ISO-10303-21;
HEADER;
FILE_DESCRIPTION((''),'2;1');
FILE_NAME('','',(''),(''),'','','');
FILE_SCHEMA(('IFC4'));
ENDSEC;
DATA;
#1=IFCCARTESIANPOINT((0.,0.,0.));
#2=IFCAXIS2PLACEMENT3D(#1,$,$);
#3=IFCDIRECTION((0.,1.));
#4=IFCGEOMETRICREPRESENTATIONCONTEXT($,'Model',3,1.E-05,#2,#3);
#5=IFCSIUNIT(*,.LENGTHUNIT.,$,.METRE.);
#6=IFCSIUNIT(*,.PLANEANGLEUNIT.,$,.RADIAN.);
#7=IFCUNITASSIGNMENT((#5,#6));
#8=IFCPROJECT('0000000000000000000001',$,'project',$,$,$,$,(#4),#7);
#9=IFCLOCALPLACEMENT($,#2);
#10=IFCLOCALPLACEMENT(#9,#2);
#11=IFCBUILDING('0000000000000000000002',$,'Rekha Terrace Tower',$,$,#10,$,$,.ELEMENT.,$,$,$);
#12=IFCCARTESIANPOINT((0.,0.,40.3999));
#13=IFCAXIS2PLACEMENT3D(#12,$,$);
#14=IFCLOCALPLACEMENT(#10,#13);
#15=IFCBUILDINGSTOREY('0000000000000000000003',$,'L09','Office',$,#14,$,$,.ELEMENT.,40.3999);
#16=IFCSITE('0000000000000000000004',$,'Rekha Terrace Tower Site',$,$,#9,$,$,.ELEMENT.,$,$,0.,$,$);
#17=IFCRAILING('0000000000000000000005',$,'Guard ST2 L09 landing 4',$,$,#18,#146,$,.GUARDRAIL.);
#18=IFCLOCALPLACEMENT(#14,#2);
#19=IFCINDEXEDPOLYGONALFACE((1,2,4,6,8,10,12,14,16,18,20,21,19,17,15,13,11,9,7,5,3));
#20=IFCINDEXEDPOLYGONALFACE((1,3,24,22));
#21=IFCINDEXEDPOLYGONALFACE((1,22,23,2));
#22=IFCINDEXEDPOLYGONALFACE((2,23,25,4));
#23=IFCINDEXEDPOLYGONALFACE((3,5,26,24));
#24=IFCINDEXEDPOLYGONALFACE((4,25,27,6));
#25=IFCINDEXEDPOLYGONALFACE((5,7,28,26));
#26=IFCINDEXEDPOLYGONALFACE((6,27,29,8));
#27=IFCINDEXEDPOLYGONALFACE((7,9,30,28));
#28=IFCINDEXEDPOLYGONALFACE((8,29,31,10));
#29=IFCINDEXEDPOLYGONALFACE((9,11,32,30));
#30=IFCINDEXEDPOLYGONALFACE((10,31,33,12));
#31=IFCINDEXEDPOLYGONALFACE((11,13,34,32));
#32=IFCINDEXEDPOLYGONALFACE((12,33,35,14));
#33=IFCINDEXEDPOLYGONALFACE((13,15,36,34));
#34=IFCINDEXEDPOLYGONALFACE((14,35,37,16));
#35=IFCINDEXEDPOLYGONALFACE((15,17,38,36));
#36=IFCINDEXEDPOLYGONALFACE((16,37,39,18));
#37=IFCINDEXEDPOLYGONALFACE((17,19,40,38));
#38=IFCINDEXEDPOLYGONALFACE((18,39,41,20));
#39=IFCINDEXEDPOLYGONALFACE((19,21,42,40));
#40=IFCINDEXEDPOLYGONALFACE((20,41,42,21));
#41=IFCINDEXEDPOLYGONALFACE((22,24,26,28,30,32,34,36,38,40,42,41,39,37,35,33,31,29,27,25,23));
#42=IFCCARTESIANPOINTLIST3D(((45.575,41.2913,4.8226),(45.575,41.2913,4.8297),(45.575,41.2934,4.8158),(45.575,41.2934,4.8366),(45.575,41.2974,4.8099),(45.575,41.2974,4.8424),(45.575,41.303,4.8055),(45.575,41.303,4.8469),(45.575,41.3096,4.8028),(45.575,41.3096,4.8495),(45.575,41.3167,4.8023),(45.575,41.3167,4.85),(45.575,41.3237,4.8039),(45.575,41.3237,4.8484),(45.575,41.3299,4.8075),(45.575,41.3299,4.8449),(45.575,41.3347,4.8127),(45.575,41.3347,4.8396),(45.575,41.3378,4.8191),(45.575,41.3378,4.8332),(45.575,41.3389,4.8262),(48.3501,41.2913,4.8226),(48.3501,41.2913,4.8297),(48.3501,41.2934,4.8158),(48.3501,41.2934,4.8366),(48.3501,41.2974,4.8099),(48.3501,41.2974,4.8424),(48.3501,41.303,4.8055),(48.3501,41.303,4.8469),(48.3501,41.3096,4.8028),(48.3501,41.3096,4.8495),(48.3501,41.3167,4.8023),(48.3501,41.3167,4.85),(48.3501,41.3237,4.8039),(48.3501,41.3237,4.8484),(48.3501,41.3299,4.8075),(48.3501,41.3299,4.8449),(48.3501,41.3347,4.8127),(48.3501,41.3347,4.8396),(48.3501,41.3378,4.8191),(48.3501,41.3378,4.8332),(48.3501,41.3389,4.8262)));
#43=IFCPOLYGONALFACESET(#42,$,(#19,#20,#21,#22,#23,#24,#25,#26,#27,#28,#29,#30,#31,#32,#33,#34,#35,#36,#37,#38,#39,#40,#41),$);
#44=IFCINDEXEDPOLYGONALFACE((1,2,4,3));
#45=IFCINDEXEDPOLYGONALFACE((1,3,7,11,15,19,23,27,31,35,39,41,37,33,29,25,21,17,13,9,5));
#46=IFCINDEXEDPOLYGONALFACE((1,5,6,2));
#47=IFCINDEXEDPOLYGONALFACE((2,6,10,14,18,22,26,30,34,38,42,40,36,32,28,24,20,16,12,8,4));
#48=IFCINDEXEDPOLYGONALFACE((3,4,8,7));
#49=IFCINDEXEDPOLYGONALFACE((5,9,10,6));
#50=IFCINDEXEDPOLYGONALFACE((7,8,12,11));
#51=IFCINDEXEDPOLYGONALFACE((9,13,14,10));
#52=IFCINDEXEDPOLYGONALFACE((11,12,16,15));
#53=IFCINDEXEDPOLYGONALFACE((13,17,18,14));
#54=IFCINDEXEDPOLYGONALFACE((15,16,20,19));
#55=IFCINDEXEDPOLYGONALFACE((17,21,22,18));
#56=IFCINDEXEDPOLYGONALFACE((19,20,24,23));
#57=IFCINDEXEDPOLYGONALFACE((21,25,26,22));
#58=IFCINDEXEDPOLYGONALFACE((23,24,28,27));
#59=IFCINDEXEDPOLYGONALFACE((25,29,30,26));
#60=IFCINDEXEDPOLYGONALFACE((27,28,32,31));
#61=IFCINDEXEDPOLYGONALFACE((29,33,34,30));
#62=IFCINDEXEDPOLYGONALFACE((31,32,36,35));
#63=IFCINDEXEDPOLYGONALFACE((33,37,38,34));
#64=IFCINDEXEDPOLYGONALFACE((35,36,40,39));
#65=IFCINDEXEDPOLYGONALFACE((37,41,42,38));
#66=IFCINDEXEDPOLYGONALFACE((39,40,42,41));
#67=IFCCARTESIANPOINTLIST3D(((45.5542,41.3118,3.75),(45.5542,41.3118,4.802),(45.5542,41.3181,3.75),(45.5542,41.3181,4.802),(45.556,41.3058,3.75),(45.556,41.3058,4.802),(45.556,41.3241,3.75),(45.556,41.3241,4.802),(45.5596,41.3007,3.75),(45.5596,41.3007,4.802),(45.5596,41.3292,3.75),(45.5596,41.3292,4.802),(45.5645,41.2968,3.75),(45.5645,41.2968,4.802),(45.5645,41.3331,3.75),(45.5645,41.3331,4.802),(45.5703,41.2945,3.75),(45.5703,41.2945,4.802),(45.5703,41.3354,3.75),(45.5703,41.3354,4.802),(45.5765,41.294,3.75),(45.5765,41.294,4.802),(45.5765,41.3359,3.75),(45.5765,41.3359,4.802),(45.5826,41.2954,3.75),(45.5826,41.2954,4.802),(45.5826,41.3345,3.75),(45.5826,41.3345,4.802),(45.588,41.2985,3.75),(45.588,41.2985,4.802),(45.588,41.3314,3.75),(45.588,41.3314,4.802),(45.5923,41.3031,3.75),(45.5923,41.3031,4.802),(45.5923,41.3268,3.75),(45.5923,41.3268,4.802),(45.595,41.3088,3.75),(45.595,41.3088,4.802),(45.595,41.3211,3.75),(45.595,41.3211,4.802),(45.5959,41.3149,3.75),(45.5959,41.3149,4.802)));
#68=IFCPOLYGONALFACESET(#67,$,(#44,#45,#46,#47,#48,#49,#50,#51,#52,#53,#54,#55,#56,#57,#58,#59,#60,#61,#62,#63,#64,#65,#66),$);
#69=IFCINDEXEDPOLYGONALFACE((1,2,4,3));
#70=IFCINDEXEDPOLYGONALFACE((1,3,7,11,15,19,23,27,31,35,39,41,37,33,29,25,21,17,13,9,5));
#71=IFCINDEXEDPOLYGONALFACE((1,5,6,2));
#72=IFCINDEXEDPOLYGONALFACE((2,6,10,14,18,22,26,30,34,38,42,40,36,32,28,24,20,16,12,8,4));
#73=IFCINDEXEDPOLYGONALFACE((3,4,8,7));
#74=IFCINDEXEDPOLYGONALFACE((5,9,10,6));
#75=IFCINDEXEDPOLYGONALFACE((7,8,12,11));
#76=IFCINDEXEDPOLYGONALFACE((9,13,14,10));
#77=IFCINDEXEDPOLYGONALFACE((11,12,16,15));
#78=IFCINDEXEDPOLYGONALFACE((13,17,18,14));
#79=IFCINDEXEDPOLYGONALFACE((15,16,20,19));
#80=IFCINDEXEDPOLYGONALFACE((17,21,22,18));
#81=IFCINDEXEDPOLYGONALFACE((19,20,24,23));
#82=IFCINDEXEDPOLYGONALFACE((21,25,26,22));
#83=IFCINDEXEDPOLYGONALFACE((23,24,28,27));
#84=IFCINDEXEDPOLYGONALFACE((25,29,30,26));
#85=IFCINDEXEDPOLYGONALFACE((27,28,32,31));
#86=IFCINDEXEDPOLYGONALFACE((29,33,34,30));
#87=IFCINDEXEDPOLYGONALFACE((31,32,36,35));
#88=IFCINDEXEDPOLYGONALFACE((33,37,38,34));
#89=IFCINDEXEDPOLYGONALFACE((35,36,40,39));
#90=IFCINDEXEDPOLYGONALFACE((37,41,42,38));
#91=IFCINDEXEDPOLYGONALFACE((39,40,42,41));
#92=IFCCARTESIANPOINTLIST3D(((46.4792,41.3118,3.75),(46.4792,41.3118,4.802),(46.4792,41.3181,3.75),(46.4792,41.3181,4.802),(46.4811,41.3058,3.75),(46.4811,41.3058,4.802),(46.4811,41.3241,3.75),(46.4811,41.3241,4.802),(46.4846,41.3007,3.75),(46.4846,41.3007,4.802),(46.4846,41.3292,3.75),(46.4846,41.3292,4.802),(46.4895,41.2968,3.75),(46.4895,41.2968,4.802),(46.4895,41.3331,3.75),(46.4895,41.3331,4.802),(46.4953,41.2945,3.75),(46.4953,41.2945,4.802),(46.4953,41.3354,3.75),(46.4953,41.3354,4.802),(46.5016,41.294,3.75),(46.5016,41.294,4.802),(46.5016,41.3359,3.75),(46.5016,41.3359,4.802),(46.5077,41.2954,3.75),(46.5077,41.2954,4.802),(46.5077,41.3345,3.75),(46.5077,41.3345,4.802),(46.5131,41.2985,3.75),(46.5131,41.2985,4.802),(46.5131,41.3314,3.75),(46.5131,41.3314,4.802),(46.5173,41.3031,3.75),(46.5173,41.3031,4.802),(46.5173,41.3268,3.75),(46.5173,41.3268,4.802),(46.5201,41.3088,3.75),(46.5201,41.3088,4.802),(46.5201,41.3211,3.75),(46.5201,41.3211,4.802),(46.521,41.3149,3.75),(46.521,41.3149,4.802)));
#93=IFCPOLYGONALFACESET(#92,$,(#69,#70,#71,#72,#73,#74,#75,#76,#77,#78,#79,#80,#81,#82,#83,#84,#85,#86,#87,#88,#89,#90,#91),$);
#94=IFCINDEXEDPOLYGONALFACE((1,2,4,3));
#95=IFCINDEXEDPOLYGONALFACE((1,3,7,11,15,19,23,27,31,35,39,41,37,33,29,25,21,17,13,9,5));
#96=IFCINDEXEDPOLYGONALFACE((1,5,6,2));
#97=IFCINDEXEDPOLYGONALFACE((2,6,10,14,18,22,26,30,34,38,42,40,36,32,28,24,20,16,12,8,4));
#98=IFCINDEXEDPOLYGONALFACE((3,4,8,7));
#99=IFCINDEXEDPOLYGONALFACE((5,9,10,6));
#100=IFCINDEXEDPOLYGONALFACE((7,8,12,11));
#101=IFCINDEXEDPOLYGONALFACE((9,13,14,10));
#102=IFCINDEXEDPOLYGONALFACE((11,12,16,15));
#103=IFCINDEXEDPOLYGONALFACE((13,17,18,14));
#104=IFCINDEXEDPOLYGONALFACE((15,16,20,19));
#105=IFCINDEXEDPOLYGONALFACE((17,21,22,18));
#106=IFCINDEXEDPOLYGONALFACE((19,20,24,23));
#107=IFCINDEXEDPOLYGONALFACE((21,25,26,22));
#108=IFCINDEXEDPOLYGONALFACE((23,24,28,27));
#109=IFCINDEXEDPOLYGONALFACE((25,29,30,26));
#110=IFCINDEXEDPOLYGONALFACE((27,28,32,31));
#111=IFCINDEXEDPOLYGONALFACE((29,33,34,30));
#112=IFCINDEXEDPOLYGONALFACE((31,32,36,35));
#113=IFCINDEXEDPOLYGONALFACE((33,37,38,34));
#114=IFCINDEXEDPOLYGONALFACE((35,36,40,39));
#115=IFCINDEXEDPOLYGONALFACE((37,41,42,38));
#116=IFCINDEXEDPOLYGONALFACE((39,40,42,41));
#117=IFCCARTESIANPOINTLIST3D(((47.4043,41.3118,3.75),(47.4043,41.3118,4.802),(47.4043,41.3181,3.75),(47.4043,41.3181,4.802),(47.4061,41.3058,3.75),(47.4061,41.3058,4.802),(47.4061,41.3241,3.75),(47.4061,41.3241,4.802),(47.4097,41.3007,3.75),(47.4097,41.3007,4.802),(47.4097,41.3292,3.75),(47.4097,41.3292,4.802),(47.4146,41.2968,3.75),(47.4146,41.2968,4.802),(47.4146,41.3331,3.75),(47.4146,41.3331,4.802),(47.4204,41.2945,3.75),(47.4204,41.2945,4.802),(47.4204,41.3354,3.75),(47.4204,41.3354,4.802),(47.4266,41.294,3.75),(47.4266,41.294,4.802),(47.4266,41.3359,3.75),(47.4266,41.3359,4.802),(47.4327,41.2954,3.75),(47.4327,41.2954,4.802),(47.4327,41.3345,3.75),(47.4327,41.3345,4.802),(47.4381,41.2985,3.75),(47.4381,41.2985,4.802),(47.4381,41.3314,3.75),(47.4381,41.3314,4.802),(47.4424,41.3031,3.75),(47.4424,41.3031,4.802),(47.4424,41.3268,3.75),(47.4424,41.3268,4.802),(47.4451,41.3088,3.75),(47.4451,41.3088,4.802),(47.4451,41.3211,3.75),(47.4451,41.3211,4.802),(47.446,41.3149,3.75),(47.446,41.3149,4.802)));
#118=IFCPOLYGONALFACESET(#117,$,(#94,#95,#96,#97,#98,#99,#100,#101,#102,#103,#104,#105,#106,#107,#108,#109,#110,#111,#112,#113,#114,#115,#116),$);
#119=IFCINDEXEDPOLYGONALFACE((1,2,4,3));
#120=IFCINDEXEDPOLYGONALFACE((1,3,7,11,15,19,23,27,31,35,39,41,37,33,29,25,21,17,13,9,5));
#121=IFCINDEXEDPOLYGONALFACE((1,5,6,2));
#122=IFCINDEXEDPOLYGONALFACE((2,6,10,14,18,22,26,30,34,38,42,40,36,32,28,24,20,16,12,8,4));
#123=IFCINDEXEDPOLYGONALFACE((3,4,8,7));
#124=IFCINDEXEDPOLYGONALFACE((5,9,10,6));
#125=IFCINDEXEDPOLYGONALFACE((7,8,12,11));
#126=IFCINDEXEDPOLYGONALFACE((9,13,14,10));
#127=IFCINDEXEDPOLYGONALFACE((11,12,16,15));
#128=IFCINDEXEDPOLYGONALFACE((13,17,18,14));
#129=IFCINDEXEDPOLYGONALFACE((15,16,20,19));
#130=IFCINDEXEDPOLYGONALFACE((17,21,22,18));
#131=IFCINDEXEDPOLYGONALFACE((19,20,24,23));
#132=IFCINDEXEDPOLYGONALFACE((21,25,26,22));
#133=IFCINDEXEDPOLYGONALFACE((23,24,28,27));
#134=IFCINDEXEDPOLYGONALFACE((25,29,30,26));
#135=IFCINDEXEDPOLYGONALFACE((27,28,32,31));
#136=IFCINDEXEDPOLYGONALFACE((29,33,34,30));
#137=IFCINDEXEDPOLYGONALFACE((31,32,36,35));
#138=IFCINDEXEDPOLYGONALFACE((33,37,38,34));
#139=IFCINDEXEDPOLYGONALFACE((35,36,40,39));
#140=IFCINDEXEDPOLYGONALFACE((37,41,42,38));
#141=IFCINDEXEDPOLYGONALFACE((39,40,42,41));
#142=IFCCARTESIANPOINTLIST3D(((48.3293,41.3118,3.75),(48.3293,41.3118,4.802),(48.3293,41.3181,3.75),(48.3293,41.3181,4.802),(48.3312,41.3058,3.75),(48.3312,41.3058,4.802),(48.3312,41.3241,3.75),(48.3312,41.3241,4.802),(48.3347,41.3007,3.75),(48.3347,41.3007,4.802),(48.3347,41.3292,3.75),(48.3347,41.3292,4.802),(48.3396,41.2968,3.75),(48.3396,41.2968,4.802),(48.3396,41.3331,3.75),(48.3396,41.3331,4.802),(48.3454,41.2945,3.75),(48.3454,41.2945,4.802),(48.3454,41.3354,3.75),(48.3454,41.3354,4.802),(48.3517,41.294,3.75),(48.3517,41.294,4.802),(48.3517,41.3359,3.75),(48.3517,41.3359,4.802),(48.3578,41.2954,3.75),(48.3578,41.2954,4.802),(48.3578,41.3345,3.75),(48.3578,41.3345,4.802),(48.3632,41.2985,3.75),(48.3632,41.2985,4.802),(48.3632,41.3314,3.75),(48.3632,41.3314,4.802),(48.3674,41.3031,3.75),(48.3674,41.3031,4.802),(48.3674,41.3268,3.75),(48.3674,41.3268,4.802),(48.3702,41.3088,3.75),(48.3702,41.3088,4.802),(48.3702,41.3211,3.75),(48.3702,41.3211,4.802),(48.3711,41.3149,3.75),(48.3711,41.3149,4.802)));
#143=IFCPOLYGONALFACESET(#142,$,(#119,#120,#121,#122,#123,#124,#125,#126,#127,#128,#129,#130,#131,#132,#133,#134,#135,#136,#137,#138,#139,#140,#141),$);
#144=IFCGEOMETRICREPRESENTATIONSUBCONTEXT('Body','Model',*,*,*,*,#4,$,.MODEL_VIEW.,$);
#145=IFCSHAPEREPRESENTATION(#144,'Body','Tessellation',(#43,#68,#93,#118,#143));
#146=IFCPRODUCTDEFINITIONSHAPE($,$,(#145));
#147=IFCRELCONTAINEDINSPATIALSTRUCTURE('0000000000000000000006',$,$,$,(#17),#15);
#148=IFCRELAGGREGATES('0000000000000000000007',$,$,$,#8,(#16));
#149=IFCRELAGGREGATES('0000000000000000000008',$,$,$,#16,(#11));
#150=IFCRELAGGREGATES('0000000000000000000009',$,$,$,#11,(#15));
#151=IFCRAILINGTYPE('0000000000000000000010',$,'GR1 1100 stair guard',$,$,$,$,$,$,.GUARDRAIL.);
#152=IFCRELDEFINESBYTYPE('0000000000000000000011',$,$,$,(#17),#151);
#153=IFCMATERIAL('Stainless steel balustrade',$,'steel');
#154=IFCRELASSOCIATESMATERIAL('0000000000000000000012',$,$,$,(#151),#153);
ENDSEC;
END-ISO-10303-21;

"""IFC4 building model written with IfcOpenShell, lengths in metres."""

from ifc_helpers import new_model, si_unit, direction, frame, origin, origin_2d, place, context, subcontext, project, spatial, circle, extrude, material, type_object, element, save


model = new_model("IFC4")

# Units and contexts
model_context = context("Model", 3, precision=1e-05, world=origin(), true_north=direction((0.0, 1.0)))
body_context = subcontext(model_context, "Body", "Model", "MODEL_VIEW")
ifc_project = project(units=[si_unit("LENGTHUNIT", "METRE"), si_unit("PLANEANGLEUNIT", "RADIAN")], contexts=[model_context])

# Site, building, storey
site_placement = place(None, origin())
site = spatial("IfcSite", under=ifc_project, at=site_placement, Name="Rekha Terrace Tower Site", CompositionType="ELEMENT", RefElevation=0.0)
building_placement = place(site_placement, origin())
building = spatial("IfcBuilding", under=site, at=building_placement, Name="Rekha Terrace Tower", CompositionType="ELEMENT")
storey_placement = place(building_placement, frame((0.0, 0.0, 40.3999)))
storey = spatial("IfcBuildingStorey", under=building, at=storey_placement, Name="L09", Description="Office", CompositionType="ELEMENT", Elevation=40.3999)

# Railing
ifc_material_1 = material(Name="Stainless steel balustrade", Category="steel")
railing_type_1 = type_object("IfcRailingType", Name="GR1 1100 stair guard", PredefinedType="GUARDRAIL", material=ifc_material_1)
railing_1_placement = place(storey_placement, frame((45.575, 41.3149, 3.75)))
element("IfcRailing", 1, at=railing_1_placement, inside=storey, type_object=railing_type_1, Name="Guard ST2 L09 landing 4", PredefinedType="GUARDRAIL", context=body_context, shape_type="SweptSolid", body=[
    extrude(circle(Radius=0.0239, at=origin_2d()), frame((0.0, 0.0, 1.0762), z_axis=(1.0, 0.0, 0.0), x_axis=(0.0, 1.0, 0.0)), (0.0, 0.0, 1.0), 2.7751),
    extrude(circle(Radius=0.021, at=origin_2d()), origin(), (0.0, 0.0, 1.0), 1.052),
    extrude(circle(Radius=0.021, at=origin_2d()), frame((0.925, 0.0, 0.0)), (0.0, 0.0, 1.0), 1.052),
    extrude(circle(Radius=0.021, at=origin_2d()), frame((1.8501, 0.0, 0.0)), (0.0, 0.0, 1.0), 1.052),
    extrude(circle(Radius=0.021, at=origin_2d()), frame((2.7751, 0.0, 0.0)), (0.0, 0.0, 1.0), 1.052),
])

save(model, "model.ifc")
